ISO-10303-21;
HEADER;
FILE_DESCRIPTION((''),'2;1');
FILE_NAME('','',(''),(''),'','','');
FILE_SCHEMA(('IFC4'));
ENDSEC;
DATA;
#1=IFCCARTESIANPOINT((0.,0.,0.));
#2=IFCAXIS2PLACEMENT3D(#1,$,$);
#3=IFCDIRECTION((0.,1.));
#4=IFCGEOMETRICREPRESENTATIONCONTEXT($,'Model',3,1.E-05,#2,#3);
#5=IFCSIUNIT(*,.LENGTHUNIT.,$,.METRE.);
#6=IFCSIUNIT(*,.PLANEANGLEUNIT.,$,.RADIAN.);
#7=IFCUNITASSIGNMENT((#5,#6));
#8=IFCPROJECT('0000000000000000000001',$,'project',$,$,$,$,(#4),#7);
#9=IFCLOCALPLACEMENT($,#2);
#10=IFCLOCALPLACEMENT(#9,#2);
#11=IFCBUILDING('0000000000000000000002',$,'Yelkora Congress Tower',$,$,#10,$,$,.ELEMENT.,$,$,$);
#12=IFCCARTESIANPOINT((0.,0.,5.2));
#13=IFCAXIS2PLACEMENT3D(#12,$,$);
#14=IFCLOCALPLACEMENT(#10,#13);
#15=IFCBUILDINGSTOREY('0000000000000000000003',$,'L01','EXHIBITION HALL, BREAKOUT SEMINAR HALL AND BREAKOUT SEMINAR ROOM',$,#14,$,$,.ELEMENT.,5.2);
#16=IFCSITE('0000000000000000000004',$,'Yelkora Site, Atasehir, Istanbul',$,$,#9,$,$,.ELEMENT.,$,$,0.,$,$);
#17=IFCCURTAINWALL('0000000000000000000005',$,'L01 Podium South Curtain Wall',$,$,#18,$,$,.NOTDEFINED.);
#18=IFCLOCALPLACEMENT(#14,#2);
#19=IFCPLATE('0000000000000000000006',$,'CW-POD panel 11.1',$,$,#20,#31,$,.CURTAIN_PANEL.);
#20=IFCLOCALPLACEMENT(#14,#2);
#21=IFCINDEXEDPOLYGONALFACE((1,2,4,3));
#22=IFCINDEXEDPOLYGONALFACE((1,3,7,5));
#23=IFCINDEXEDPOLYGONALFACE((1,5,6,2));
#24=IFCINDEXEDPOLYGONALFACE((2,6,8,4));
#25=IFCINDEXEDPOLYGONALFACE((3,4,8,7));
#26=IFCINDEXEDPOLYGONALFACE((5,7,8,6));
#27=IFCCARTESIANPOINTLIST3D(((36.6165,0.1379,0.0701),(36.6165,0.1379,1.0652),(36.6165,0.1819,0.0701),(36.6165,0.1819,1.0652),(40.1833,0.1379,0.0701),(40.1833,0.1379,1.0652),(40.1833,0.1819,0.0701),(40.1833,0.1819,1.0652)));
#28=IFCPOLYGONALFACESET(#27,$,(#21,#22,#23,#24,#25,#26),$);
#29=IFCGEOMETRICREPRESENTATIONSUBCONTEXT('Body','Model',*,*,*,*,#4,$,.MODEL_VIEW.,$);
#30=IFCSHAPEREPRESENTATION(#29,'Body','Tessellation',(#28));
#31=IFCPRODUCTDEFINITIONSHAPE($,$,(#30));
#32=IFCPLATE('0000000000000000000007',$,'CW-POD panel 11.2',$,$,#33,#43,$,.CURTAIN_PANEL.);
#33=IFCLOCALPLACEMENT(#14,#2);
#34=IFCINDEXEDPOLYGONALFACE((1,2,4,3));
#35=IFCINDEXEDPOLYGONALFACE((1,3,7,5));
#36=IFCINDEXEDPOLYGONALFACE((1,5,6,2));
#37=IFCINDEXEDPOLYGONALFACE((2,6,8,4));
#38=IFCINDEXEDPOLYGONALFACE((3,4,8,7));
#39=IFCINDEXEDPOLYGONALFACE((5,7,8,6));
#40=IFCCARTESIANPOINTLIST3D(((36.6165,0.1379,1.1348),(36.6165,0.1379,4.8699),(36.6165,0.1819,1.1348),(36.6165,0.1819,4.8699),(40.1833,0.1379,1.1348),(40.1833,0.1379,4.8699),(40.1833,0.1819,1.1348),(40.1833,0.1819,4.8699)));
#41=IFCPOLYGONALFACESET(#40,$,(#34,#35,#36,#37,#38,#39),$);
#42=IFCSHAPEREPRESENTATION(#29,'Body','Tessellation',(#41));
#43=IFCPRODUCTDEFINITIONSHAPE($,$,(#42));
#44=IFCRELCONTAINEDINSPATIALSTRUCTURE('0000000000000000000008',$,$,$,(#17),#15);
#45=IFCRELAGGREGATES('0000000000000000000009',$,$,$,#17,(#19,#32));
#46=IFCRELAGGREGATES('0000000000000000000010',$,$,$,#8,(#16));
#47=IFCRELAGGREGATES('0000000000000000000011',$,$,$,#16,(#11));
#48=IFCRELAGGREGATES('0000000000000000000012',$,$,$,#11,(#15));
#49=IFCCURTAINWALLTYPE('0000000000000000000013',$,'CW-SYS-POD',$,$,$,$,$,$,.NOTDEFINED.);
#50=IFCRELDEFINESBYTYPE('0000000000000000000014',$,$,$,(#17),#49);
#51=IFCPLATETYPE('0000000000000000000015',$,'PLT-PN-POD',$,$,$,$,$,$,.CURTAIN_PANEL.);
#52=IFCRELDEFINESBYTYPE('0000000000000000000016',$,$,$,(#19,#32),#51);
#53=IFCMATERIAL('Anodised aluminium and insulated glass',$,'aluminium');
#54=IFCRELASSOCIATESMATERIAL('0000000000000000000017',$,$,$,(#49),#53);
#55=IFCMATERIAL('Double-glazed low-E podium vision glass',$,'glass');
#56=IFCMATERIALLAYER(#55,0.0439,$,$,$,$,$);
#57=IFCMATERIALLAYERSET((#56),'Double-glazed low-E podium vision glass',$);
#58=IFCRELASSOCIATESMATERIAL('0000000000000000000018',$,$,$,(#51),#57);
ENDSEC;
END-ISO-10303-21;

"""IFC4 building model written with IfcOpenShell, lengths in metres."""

from ifc_helpers import new_model, si_unit, direction, frame, origin, origin_2d, place, context, subcontext, project, spatial, rectangle, extrude, material, layer, layer_set, type_object, element, aggregate, save


model = new_model("IFC4")

# Units and contexts
model_context = context("Model", 3, precision=1e-05, world=origin(), true_north=direction((0.0, 1.0)))
body_context = subcontext(model_context, "Body", "Model", "MODEL_VIEW")
ifc_project = project(units=[si_unit("LENGTHUNIT", "METRE"), si_unit("PLANEANGLEUNIT", "RADIAN")], contexts=[model_context])

# Site, building, storey
site_placement = place(None, origin())
site = spatial("IfcSite", under=ifc_project, at=site_placement, Name="Yelkora Site, Atasehir, Istanbul", CompositionType="ELEMENT", RefElevation=0.0)
building_placement = place(site_placement, origin())
building = spatial("IfcBuilding", under=site, at=building_placement, Name="Yelkora Congress Tower", CompositionType="ELEMENT")
storey_placement = place(building_placement, frame((0.0, 0.0, 5.2)))
storey = spatial("IfcBuildingStorey", under=building, at=storey_placement, Name="L01", Description="EXHIBITION HALL, BREAKOUT SEMINAR HALL AND BREAKOUT SEMINAR ROOM", CompositionType="ELEMENT", Elevation=5.2)

# Curtain wall, plates
ifc_material_1 = material(Name="Anodised aluminium and insulated glass", Category="aluminium")
curtain_wall_type = type_object("IfcCurtainWallType", Name="CW-SYS-POD", PredefinedType="NOTDEFINED", material=ifc_material_1)
curtain_wall_placement = place(storey_placement, origin())
curtain_wall = element("IfcCurtainWall", 1, at=curtain_wall_placement, inside=storey, type_object=curtain_wall_type, Name="L01 Podium South Curtain Wall", PredefinedType="NOTDEFINED")
ifc_material_2 = material(Name="Double-glazed low-E podium vision glass", Category="glass")
ifc_layer = layer(ifc_material_2, 0.0439)
ifc_layer_set = layer_set([ifc_layer], Name="Double-glazed low-E podium vision glass")
plate_type = type_object("IfcPlateType", Name="PLT-PN-POD", PredefinedType="CURTAIN_PANEL", material=ifc_layer_set)
plate_1_placement = place(storey_placement, frame((38.3999, 0.1599, 0.0701), z_axis=(0.0, 0.0, 1.0), x_axis=(-1.0, 0.0, 0.0)))
plate_1 = element("IfcPlate", 2, at=plate_1_placement, type_object=plate_type, Name="CW-POD panel 11.1", PredefinedType="CURTAIN_PANEL", context=body_context, shape_type="SweptSolid", body=[
    extrude(rectangle(XDim=3.5669, YDim=0.0439, at=origin_2d()), origin(), (0.0, 0.0, 1.0), 0.9951),
])
plate_2_placement = place(storey_placement, frame((38.3999, 0.1599, 1.1348), z_axis=(0.0, 0.0, 1.0), x_axis=(-1.0, 0.0, 0.0)))
plate_2 = element("IfcPlate", 3, at=plate_2_placement, type_object=plate_type, Name="CW-POD panel 11.2", PredefinedType="CURTAIN_PANEL", context=body_context, shape_type="SweptSolid", body=[
    extrude(rectangle(XDim=3.5669, YDim=0.0439, at=origin_2d()), origin(), (0.0, 0.0, 1.0), 3.7351),
])
aggregate(curtain_wall, [plate_1, plate_2])

save(model, "model.ifc")
